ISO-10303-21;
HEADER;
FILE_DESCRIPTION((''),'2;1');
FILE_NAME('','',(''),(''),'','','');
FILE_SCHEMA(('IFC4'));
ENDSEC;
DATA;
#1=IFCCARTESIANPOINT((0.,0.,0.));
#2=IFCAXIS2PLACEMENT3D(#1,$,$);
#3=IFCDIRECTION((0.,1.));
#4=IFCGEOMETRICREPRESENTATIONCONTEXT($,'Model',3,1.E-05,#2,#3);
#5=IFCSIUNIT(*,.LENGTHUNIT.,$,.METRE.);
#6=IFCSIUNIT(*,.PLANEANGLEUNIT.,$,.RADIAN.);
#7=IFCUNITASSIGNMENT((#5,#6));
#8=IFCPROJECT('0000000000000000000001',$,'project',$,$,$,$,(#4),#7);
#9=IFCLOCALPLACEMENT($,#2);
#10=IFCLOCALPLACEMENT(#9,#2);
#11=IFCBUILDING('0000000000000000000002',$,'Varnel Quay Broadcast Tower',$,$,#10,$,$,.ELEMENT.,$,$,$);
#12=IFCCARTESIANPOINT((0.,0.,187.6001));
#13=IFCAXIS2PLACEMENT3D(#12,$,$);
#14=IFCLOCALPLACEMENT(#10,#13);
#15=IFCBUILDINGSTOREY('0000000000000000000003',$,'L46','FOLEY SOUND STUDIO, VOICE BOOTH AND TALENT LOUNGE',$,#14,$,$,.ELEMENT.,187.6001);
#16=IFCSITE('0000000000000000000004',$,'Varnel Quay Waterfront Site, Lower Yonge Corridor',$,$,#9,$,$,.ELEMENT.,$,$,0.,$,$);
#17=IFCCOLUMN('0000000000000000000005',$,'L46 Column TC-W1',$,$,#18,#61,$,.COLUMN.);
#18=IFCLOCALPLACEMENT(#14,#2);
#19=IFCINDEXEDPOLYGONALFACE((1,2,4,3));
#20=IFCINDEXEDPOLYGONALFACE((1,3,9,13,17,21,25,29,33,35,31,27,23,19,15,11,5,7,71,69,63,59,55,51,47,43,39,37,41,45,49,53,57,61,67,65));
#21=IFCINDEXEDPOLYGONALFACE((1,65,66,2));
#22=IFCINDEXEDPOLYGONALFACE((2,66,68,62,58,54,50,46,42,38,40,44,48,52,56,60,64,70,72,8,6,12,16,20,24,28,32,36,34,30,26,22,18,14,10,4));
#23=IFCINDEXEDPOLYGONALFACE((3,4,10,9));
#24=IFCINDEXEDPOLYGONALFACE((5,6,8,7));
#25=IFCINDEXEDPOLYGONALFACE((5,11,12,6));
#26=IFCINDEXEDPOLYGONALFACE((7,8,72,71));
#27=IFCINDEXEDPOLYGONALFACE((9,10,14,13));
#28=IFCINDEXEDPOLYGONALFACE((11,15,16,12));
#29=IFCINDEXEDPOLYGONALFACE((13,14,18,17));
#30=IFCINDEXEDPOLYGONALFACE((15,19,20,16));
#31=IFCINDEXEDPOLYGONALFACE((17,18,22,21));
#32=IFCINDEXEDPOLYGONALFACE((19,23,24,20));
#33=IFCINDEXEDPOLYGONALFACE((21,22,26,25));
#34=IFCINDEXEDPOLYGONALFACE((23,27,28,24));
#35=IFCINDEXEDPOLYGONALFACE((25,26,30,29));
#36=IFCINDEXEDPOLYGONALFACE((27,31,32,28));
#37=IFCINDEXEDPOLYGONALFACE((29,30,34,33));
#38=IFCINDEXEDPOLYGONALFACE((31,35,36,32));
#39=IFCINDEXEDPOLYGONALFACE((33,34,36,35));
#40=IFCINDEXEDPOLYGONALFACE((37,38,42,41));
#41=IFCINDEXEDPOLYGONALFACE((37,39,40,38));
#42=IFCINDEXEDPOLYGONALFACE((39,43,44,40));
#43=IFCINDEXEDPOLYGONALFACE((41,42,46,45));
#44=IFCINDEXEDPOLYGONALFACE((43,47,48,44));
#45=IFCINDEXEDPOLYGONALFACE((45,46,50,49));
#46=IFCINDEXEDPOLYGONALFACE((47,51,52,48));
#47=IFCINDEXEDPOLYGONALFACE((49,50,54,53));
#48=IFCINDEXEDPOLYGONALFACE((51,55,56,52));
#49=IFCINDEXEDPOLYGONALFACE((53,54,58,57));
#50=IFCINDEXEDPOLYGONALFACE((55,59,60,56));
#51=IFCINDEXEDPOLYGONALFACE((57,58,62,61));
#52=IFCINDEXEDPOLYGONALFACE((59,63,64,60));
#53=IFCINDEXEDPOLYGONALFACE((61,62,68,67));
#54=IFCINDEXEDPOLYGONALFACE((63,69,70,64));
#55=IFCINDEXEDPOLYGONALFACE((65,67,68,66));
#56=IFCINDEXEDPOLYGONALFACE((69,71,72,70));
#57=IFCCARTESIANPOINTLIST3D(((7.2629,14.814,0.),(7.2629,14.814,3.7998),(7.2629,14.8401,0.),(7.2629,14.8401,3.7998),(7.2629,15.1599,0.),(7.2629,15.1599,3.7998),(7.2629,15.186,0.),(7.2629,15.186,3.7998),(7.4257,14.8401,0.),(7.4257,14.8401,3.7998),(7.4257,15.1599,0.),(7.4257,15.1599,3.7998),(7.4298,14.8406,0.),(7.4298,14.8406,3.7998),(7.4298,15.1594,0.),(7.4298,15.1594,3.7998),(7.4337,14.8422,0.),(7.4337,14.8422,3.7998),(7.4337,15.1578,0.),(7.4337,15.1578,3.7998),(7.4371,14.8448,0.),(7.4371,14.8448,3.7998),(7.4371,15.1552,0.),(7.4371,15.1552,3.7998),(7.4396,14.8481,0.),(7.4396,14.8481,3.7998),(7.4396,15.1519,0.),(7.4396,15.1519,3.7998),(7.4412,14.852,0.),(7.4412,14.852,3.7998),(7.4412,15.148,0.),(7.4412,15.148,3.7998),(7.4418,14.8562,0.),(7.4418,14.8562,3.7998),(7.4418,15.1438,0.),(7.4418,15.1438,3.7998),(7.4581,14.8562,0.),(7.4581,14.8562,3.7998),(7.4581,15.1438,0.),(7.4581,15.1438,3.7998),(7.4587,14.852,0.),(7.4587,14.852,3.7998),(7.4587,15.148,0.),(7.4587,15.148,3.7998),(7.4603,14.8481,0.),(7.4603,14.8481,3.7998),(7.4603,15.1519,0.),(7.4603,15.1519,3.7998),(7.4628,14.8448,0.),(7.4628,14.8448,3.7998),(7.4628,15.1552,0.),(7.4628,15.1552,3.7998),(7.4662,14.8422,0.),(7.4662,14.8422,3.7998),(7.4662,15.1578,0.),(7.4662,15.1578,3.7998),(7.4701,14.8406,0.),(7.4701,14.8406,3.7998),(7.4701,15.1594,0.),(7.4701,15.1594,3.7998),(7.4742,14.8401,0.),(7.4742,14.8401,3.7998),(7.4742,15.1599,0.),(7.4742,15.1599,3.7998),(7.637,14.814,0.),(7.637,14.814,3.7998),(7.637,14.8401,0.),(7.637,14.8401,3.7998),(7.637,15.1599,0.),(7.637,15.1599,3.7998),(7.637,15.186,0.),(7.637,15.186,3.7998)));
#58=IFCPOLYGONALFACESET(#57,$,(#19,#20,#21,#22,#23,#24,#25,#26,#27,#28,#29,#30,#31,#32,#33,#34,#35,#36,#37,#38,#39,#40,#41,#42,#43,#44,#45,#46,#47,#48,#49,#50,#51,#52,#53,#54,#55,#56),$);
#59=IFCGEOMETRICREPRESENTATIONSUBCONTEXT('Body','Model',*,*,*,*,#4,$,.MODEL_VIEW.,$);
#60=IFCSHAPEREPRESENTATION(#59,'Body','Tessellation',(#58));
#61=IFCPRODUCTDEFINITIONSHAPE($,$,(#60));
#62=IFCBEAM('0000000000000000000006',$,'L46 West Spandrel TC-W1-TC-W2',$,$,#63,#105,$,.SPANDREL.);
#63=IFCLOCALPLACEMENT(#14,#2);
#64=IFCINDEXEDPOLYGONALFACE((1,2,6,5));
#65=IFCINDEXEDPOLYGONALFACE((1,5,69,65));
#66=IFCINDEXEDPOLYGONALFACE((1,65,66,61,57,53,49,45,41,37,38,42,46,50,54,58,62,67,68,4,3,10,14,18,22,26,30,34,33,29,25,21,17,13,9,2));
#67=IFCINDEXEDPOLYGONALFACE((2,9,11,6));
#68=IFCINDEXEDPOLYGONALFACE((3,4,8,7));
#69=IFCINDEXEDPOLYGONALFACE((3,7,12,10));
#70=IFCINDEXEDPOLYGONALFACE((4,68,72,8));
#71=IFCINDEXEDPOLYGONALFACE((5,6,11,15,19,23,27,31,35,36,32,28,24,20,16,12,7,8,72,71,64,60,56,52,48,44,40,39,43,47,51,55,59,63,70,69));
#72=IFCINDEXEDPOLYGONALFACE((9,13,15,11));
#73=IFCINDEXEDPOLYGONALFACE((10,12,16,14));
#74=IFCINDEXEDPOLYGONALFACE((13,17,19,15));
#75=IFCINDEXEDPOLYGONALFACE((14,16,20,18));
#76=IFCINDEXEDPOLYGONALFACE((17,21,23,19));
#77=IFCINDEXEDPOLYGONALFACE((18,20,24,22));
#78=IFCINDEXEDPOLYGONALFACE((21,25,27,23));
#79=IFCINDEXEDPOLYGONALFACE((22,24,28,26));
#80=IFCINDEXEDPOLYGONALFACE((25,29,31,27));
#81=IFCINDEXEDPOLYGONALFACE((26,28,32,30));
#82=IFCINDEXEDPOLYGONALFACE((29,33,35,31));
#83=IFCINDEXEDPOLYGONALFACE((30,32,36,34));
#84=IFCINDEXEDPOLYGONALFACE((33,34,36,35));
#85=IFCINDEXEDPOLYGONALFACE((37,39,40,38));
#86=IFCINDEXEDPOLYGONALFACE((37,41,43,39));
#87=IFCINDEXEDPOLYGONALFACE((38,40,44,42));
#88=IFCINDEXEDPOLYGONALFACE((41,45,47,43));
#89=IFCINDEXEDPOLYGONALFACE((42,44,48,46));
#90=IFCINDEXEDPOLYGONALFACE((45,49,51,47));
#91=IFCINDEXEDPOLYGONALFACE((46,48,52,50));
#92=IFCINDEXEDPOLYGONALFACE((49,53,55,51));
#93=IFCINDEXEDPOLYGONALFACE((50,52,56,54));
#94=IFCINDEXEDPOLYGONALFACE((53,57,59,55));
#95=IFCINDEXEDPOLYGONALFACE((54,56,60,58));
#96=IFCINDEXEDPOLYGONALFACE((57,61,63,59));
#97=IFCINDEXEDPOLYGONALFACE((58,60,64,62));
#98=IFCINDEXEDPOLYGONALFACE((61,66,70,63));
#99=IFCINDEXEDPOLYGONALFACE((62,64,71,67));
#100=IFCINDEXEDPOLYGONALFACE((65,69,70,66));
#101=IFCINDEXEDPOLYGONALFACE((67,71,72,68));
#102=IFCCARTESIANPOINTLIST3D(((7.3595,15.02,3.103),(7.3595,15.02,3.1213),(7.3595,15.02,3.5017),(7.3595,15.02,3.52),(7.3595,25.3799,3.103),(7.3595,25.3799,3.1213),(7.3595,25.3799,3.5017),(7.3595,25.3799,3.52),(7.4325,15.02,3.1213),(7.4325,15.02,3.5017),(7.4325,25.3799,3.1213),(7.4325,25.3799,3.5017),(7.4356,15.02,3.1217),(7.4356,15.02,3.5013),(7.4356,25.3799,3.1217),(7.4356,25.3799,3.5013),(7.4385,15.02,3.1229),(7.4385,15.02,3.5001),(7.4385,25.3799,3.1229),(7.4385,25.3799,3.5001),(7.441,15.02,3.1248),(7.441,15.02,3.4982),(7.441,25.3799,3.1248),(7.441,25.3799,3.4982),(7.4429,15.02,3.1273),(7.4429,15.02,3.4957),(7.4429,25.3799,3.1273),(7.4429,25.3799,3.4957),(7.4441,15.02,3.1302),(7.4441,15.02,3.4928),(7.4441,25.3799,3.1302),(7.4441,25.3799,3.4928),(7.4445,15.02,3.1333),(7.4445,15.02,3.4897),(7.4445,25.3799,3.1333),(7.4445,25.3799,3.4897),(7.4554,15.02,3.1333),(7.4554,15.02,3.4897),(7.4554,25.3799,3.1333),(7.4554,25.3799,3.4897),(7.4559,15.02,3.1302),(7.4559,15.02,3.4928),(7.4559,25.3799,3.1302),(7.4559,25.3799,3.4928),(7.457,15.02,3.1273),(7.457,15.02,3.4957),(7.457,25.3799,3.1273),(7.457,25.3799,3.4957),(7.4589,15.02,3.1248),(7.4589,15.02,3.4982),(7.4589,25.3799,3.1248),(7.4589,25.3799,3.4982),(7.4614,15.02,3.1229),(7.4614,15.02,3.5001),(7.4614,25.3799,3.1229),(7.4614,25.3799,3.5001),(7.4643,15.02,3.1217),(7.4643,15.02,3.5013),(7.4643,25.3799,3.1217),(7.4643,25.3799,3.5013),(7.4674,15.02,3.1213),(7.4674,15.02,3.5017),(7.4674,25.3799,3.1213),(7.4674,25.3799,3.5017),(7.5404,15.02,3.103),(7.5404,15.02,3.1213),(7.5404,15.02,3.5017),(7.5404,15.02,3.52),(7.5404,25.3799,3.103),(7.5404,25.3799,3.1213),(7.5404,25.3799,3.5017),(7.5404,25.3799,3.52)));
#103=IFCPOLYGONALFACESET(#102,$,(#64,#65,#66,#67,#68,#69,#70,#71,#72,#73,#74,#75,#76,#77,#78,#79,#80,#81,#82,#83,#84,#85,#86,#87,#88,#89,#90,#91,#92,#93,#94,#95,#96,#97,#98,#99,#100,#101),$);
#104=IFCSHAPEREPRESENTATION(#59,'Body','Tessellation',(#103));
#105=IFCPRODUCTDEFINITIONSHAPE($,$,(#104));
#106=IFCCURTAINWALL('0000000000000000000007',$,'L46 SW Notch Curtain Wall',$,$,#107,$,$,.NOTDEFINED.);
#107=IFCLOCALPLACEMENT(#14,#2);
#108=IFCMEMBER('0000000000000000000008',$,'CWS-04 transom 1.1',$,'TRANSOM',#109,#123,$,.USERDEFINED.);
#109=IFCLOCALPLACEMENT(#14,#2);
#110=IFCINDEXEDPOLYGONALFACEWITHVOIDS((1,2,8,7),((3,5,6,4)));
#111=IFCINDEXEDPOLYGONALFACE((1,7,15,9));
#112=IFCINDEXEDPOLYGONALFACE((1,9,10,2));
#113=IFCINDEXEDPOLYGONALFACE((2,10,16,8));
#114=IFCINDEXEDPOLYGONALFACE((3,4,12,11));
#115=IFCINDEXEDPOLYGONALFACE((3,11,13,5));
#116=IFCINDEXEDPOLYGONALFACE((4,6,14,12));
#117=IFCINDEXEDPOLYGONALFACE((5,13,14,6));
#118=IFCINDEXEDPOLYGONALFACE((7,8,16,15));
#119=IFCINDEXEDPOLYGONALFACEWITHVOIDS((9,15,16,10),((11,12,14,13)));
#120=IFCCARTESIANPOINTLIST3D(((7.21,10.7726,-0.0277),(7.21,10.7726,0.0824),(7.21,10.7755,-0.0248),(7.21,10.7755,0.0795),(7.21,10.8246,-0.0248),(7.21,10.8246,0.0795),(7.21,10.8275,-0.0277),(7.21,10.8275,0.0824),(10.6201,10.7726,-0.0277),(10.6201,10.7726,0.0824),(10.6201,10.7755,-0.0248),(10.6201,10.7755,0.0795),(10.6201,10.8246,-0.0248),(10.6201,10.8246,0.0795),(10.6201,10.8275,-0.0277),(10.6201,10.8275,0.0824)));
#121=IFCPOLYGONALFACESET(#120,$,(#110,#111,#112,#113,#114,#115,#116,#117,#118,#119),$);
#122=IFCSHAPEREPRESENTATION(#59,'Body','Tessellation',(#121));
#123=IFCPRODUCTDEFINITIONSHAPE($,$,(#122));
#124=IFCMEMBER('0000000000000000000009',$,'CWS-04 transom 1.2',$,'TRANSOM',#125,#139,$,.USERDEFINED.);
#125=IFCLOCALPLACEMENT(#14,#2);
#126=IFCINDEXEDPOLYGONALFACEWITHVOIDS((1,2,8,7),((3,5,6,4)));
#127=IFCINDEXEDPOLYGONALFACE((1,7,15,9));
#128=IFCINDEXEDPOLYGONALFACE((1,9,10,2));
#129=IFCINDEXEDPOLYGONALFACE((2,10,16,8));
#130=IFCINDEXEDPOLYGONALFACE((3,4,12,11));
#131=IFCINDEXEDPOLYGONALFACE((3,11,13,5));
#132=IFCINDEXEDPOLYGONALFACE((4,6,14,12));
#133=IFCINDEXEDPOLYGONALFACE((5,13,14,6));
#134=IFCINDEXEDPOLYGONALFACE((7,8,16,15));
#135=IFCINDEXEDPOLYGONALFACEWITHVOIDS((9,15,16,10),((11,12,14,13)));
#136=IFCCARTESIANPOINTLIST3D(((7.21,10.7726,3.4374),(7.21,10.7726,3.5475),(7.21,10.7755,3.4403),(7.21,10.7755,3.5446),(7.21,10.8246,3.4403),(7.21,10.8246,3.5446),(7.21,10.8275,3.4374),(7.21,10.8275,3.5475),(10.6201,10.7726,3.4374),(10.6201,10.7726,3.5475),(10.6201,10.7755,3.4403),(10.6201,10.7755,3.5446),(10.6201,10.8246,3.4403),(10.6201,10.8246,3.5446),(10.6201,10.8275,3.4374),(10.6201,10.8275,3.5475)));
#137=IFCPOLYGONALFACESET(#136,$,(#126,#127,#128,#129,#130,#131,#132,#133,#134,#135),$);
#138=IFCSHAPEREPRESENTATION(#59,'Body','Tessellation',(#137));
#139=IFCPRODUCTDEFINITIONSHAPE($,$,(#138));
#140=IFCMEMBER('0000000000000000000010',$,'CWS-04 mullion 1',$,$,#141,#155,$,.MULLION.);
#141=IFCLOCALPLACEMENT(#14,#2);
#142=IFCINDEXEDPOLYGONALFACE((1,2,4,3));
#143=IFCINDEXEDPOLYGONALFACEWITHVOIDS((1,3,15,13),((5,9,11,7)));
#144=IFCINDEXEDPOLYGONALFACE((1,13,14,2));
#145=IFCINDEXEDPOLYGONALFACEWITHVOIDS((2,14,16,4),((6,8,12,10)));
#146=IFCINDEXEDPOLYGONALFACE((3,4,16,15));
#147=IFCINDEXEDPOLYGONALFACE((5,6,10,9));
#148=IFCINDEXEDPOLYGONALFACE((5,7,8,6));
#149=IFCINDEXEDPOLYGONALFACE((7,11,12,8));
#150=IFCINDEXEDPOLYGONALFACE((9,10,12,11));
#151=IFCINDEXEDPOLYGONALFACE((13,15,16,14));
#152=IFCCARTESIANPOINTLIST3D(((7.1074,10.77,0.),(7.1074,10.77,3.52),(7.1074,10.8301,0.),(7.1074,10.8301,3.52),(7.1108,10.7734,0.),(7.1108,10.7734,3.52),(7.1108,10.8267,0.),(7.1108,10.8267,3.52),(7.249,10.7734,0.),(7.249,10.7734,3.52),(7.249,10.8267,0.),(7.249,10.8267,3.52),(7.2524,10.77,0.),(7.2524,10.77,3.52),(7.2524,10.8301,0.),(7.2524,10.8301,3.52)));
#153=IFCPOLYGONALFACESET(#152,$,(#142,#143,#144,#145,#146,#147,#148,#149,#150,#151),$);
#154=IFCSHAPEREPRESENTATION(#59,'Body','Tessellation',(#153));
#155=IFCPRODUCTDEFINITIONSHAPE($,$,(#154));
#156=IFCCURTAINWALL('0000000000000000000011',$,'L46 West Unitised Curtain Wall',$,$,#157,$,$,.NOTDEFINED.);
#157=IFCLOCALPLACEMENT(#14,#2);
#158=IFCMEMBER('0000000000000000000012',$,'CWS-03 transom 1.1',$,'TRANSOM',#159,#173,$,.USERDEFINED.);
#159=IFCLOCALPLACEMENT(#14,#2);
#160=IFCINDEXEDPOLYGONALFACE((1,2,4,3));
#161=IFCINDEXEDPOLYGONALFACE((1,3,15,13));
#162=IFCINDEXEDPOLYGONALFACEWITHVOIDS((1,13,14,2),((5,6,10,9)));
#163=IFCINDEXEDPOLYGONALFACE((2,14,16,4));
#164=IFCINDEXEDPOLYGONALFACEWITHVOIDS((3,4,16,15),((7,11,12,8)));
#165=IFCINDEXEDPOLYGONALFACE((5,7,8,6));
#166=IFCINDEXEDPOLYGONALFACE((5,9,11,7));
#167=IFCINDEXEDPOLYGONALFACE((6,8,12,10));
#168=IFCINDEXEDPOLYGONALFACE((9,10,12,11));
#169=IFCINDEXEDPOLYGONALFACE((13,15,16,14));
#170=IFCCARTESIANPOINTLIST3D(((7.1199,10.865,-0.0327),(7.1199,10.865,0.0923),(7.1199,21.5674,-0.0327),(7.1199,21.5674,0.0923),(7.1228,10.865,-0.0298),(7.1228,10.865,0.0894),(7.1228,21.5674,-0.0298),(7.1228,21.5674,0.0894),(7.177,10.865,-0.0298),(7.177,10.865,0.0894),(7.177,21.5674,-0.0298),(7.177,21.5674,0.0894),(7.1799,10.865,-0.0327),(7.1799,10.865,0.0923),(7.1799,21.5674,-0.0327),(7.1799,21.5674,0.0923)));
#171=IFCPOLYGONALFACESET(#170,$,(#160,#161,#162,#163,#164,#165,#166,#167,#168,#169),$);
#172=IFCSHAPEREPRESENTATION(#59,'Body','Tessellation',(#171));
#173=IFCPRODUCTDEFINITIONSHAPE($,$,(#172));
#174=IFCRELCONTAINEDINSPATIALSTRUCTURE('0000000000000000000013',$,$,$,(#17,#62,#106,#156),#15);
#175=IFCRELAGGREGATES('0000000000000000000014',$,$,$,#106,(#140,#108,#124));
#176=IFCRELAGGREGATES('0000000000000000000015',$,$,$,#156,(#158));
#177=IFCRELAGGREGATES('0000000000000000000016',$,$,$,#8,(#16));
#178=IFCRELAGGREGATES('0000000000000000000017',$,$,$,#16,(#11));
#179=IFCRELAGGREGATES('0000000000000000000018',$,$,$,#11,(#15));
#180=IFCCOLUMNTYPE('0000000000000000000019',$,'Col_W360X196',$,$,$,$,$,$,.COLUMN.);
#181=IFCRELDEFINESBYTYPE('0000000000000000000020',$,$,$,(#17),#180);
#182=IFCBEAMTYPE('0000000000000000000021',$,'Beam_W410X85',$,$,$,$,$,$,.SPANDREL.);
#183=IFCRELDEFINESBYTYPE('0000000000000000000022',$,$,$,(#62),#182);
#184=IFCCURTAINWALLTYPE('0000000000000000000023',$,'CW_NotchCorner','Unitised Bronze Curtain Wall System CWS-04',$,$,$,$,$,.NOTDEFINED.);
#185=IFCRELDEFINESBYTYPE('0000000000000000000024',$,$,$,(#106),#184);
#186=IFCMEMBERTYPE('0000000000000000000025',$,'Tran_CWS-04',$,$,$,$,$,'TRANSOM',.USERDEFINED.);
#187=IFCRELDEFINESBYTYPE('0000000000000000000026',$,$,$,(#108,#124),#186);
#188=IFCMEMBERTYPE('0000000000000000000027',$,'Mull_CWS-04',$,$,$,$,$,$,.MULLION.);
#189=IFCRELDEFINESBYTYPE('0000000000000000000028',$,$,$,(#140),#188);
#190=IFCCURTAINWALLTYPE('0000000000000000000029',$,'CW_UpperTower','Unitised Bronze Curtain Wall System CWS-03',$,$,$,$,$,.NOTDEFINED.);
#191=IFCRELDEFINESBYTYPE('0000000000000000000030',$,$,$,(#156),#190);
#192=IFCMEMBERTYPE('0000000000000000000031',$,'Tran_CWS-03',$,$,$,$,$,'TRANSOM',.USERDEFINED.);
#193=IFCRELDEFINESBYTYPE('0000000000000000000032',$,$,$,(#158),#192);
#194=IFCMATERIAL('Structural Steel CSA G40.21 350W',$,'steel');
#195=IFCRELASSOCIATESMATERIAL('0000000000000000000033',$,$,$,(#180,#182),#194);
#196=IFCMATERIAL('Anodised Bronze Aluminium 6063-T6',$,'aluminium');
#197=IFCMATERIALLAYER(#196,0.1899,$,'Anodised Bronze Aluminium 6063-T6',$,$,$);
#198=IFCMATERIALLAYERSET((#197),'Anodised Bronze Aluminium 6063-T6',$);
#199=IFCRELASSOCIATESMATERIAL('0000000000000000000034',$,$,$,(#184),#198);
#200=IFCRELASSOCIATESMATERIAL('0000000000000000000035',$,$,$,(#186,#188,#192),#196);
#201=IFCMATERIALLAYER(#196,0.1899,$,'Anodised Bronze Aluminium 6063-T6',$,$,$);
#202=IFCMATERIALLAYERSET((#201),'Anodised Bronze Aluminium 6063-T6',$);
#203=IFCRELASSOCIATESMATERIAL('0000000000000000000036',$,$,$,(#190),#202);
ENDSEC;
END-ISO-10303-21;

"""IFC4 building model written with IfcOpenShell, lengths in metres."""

from ifc_helpers import new_model, si_unit, direction, frame, origin, origin_2d, place, context, subcontext, project, spatial, hollow_rectangle, i_section, extrude, source, transform, mapped, material, layer, layer_set, material_profile, profile_set, type_object, type_shapes, element, aggregate, save


model = new_model("IFC4")

# Units and contexts
model_context = context("Model", 3, precision=1e-05, world=origin(), true_north=direction((0.0, 1.0)))
body_context = subcontext(model_context, "Body", "Model", "MODEL_VIEW")
ifc_project = project(units=[si_unit("LENGTHUNIT", "METRE"), si_unit("PLANEANGLEUNIT", "RADIAN")], contexts=[model_context])

# Site, building, storey
site_placement = place(None, origin())
site = spatial("IfcSite", under=ifc_project, at=site_placement, Name="Varnel Quay Waterfront Site, Lower Yonge Corridor", CompositionType="ELEMENT", RefElevation=0.0)
building_placement = place(site_placement, origin())
building = spatial("IfcBuilding", under=site, at=building_placement, Name="Varnel Quay Broadcast Tower", CompositionType="ELEMENT")
storey_placement = place(building_placement, frame((0.0, 0.0, 187.6001)))
storey = spatial("IfcBuildingStorey", under=building, at=storey_placement, Name="L46", Description="FOLEY SOUND STUDIO, VOICE BOOTH AND TALENT LOUNGE", CompositionType="ELEMENT", Elevation=187.6001)

# Column
ifc_material_1 = material(Name="Structural Steel CSA G40.21 350W", Category="steel")
ifc_material_profile_1 = material_profile(ifc_material_1, i_section(OverallWidth=0.374, OverallDepth=0.3721, WebThickness=0.0164, FlangeThickness=0.0261, FilletRadius=0.0161, at=origin_2d()), Name="W360X196")
ifc_profile_set_1 = profile_set([ifc_material_profile_1], Name="Structural Steel CSA G40.21 350W")
column_type = type_object("IfcColumnType", Name="Col_W360X196", PredefinedType="COLUMN", material=ifc_profile_set_1)
shared_shape_1 = source(origin(), body_context, "Body", "SweptSolid", [
    extrude(i_section(OverallWidth=0.374, OverallDepth=0.3721, WebThickness=0.0164, FlangeThickness=0.0261, FilletRadius=0.0161, at=origin_2d()), origin(), (0.0, 0.0, 1.0), 3.7998),
])
type_shapes(column_type, [shared_shape_1])
column_placement = place(storey_placement, frame((7.45, 15.0, 0.0), z_axis=(0.0, 0.0, 1.0), x_axis=(1.0, 0.0, 0.0)))
element("IfcColumn", 1, at=column_placement, inside=storey, type_object=column_type, Name="L46 Column TC-W1", PredefinedType="COLUMN", context=body_context, shape_type="MappedRepresentation", body=[
    mapped(shared_shape_1, transform((0.0, 0.0, 0.0), x_axis=(1.0, 0.0, 0.0), y_axis=(0.0, 1.0, 0.0), z_axis=(0.0, 0.0, 1.0), scale=1.0)),
])

# Beam
ifc_material_profile_2 = material_profile(ifc_material_1, i_section(OverallWidth=0.1809, OverallDepth=0.417, WebThickness=0.011, FlangeThickness=0.0183, FilletRadius=0.012, at=origin_2d()), Name="W410X85")
ifc_profile_set_2 = profile_set([ifc_material_profile_2], Name="Structural Steel CSA G40.21 350W")
beam_type = type_object("IfcBeamType", Name="Beam_W410X85", PredefinedType="SPANDREL", material=ifc_profile_set_2)
shared_shape_2 = source(origin(), body_context, "Body", "SweptSolid", [
    extrude(i_section(OverallWidth=0.1809, OverallDepth=0.417, WebThickness=0.011, FlangeThickness=0.0183, FilletRadius=0.012, at=origin_2d()), origin(), (0.0, 0.0, 1.0), 10.3599),
])
type_shapes(beam_type, [shared_shape_2])
beam_placement = place(storey_placement, frame((7.45, 15.02, 3.3115), z_axis=(0.0, 1.0, 0.0), x_axis=(-1.0, 0.0, 0.0)))
element("IfcBeam", 2, at=beam_placement, inside=storey, type_object=beam_type, Name="L46 West Spandrel TC-W1-TC-W2", PredefinedType="SPANDREL", context=body_context, shape_type="MappedRepresentation", body=[
    mapped(shared_shape_2, transform((0.0, 0.0, 0.0), x_axis=(1.0, 0.0, 0.0), y_axis=(0.0, 1.0, 0.0), z_axis=(0.0, 0.0, 1.0), scale=1.0)),
])

# Curtain walls, members
ifc_material_2 = material(Name="Anodised Bronze Aluminium 6063-T6", Category="aluminium")
ifc_layer_1 = layer(ifc_material_2, 0.1899, Name="Anodised Bronze Aluminium 6063-T6")
ifc_layer_set_1 = layer_set([ifc_layer_1], Name="Anodised Bronze Aluminium 6063-T6")
curtain_wall_type_1 = type_object("IfcCurtainWallType", Name="CW_NotchCorner", Description="Unitised Bronze Curtain Wall System CWS-04", PredefinedType="NOTDEFINED", material=ifc_layer_set_1)
curtain_wall_1_placement = place(storey_placement, origin())
curtain_wall_1 = element("IfcCurtainWall", 3, at=curtain_wall_1_placement, inside=storey, type_object=curtain_wall_type_1, Name="L46 SW Notch Curtain Wall", PredefinedType="NOTDEFINED")
ifc_material_profile_3 = material_profile(ifc_material_2, hollow_rectangle(XDim=0.0549, YDim=0.1101, WallThickness=0.0029, at=origin_2d()), Name="ALU55X110X3")
ifc_profile_set_3 = profile_set([ifc_material_profile_3], Name="Anodised Bronze Aluminium 6063-T6")
member_type_1 = type_object("IfcMemberType", Name="Tran_CWS-04", ElementType="TRANSOM", PredefinedType="USERDEFINED", material=ifc_profile_set_3)
shared_shape_3 = source(origin(), body_context, "Body", "SweptSolid", [
    extrude(hollow_rectangle(XDim=0.0549, YDim=0.1101, WallThickness=0.0029, at=origin_2d()), origin(), (0.0, 0.0, 1.0), 3.4102),
])
type_shapes(member_type_1, [shared_shape_3])
member_1_placement = place(storey_placement, frame((7.21, 10.8, 0.0273), z_axis=(1.0, 0.0, 0.0), x_axis=(0.0, 1.0, 0.0)))
member_1 = element("IfcMember", 4, at=member_1_placement, type_object=member_type_1, Name="CWS-04 transom 1.1", ObjectType="TRANSOM", PredefinedType="USERDEFINED", context=body_context, shape_type="MappedRepresentation", body=[
    mapped(shared_shape_3, transform((0.0, 0.0, 0.0), x_axis=(1.0, 0.0, 0.0), y_axis=(0.0, 1.0, 0.0), z_axis=(0.0, 0.0, 1.0), scale=1.0)),
])
member_2_placement = place(storey_placement, frame((7.21, 10.8, 3.4924), z_axis=(1.0, 0.0, 0.0), x_axis=(0.0, 1.0, 0.0)))
member_2 = element("IfcMember", 5, at=member_2_placement, type_object=member_type_1, Name="CWS-04 transom 1.2", ObjectType="TRANSOM", PredefinedType="USERDEFINED", context=body_context, shape_type="MappedRepresentation", body=[
    mapped(shared_shape_3, transform((0.0, 0.0, 0.0), x_axis=(1.0, 0.0, 0.0), y_axis=(0.0, 1.0, 0.0), z_axis=(0.0, 0.0, 1.0), scale=1.0)),
])
ifc_material_profile_4 = material_profile(ifc_material_2, hollow_rectangle(XDim=0.0601, YDim=0.145, WallThickness=0.0034, at=origin_2d()), Name="ALU60X145X3.5")
ifc_profile_set_4 = profile_set([ifc_material_profile_4], Name="Anodised Bronze Aluminium 6063-T6")
member_type_2 = type_object("IfcMemberType", Name="Mull_CWS-04", PredefinedType="MULLION", material=ifc_profile_set_4)
shared_shape_4 = source(origin(), body_context, "Body", "SweptSolid", [
    extrude(hollow_rectangle(XDim=0.0601, YDim=0.145, WallThickness=0.0034, at=origin_2d()), origin(), (0.0, 0.0, 1.0), 3.52),
])
type_shapes(member_type_2, [shared_shape_4])
member_3_placement = place(storey_placement, frame((7.1799, 10.8, 0.0), z_axis=(0.0, 0.0, 1.0), x_axis=(0.0, 1.0, 0.0)))
member_3 = element("IfcMember", 6, at=member_3_placement, type_object=member_type_2, Name="CWS-04 mullion 1", PredefinedType="MULLION", context=body_context, shape_type="MappedRepresentation", body=[
    mapped(shared_shape_4, transform((0.0, 0.0, 0.0), x_axis=(1.0, 0.0, 0.0), y_axis=(0.0, 1.0, 0.0), z_axis=(0.0, 0.0, 1.0), scale=1.0)),
])
aggregate(curtain_wall_1, [member_3, member_1, member_2])
ifc_layer_2 = layer(ifc_material_2, 0.1899, Name="Anodised Bronze Aluminium 6063-T6")
ifc_layer_set_2 = layer_set([ifc_layer_2], Name="Anodised Bronze Aluminium 6063-T6")
curtain_wall_type_2 = type_object("IfcCurtainWallType", Name="CW_UpperTower", Description="Unitised Bronze Curtain Wall System CWS-03", PredefinedType="NOTDEFINED", material=ifc_layer_set_2)
curtain_wall_2_placement = place(storey_placement, origin())
curtain_wall_2 = element("IfcCurtainWall", 7, at=curtain_wall_2_placement, inside=storey, type_object=curtain_wall_type_2, Name="L46 West Unitised Curtain Wall", PredefinedType="NOTDEFINED")
ifc_material_profile_5 = material_profile(ifc_material_2, hollow_rectangle(XDim=0.0601, YDim=0.125, WallThickness=0.0029, at=origin_2d()), Name="ALU60X125X3")
ifc_profile_set_5 = profile_set([ifc_material_profile_5], Name="Anodised Bronze Aluminium 6063-T6")
member_type_3 = type_object("IfcMemberType", Name="Tran_CWS-03", ElementType="TRANSOM", PredefinedType="USERDEFINED", material=ifc_profile_set_5)
shared_shape_5 = source(origin(), body_context, "Body", "SweptSolid", [
    extrude(hollow_rectangle(XDim=0.0601, YDim=0.125, WallThickness=0.0029, at=origin_2d()), origin(), (0.0, 0.0, 1.0), 10.7024),
])
type_shapes(member_type_3, [shared_shape_5])
member_4_placement = place(storey_placement, frame((7.1499, 10.865, 0.0298), z_axis=(0.0, 1.0, 0.0), x_axis=(-1.0, 0.0, 0.0)))
member_4 = element("IfcMember", 8, at=member_4_placement, type_object=member_type_3, Name="CWS-03 transom 1.1", ObjectType="TRANSOM", PredefinedType="USERDEFINED", context=body_context, shape_type="MappedRepresentation", body=[
    mapped(shared_shape_5, transform((0.0, 0.0, 0.0), x_axis=(1.0, 0.0, 0.0), y_axis=(0.0, 1.0, 0.0), z_axis=(0.0, 0.0, 1.0), scale=1.0)),
])

aggregate(curtain_wall_2, [member_4])

save(model, "model.ifc")
